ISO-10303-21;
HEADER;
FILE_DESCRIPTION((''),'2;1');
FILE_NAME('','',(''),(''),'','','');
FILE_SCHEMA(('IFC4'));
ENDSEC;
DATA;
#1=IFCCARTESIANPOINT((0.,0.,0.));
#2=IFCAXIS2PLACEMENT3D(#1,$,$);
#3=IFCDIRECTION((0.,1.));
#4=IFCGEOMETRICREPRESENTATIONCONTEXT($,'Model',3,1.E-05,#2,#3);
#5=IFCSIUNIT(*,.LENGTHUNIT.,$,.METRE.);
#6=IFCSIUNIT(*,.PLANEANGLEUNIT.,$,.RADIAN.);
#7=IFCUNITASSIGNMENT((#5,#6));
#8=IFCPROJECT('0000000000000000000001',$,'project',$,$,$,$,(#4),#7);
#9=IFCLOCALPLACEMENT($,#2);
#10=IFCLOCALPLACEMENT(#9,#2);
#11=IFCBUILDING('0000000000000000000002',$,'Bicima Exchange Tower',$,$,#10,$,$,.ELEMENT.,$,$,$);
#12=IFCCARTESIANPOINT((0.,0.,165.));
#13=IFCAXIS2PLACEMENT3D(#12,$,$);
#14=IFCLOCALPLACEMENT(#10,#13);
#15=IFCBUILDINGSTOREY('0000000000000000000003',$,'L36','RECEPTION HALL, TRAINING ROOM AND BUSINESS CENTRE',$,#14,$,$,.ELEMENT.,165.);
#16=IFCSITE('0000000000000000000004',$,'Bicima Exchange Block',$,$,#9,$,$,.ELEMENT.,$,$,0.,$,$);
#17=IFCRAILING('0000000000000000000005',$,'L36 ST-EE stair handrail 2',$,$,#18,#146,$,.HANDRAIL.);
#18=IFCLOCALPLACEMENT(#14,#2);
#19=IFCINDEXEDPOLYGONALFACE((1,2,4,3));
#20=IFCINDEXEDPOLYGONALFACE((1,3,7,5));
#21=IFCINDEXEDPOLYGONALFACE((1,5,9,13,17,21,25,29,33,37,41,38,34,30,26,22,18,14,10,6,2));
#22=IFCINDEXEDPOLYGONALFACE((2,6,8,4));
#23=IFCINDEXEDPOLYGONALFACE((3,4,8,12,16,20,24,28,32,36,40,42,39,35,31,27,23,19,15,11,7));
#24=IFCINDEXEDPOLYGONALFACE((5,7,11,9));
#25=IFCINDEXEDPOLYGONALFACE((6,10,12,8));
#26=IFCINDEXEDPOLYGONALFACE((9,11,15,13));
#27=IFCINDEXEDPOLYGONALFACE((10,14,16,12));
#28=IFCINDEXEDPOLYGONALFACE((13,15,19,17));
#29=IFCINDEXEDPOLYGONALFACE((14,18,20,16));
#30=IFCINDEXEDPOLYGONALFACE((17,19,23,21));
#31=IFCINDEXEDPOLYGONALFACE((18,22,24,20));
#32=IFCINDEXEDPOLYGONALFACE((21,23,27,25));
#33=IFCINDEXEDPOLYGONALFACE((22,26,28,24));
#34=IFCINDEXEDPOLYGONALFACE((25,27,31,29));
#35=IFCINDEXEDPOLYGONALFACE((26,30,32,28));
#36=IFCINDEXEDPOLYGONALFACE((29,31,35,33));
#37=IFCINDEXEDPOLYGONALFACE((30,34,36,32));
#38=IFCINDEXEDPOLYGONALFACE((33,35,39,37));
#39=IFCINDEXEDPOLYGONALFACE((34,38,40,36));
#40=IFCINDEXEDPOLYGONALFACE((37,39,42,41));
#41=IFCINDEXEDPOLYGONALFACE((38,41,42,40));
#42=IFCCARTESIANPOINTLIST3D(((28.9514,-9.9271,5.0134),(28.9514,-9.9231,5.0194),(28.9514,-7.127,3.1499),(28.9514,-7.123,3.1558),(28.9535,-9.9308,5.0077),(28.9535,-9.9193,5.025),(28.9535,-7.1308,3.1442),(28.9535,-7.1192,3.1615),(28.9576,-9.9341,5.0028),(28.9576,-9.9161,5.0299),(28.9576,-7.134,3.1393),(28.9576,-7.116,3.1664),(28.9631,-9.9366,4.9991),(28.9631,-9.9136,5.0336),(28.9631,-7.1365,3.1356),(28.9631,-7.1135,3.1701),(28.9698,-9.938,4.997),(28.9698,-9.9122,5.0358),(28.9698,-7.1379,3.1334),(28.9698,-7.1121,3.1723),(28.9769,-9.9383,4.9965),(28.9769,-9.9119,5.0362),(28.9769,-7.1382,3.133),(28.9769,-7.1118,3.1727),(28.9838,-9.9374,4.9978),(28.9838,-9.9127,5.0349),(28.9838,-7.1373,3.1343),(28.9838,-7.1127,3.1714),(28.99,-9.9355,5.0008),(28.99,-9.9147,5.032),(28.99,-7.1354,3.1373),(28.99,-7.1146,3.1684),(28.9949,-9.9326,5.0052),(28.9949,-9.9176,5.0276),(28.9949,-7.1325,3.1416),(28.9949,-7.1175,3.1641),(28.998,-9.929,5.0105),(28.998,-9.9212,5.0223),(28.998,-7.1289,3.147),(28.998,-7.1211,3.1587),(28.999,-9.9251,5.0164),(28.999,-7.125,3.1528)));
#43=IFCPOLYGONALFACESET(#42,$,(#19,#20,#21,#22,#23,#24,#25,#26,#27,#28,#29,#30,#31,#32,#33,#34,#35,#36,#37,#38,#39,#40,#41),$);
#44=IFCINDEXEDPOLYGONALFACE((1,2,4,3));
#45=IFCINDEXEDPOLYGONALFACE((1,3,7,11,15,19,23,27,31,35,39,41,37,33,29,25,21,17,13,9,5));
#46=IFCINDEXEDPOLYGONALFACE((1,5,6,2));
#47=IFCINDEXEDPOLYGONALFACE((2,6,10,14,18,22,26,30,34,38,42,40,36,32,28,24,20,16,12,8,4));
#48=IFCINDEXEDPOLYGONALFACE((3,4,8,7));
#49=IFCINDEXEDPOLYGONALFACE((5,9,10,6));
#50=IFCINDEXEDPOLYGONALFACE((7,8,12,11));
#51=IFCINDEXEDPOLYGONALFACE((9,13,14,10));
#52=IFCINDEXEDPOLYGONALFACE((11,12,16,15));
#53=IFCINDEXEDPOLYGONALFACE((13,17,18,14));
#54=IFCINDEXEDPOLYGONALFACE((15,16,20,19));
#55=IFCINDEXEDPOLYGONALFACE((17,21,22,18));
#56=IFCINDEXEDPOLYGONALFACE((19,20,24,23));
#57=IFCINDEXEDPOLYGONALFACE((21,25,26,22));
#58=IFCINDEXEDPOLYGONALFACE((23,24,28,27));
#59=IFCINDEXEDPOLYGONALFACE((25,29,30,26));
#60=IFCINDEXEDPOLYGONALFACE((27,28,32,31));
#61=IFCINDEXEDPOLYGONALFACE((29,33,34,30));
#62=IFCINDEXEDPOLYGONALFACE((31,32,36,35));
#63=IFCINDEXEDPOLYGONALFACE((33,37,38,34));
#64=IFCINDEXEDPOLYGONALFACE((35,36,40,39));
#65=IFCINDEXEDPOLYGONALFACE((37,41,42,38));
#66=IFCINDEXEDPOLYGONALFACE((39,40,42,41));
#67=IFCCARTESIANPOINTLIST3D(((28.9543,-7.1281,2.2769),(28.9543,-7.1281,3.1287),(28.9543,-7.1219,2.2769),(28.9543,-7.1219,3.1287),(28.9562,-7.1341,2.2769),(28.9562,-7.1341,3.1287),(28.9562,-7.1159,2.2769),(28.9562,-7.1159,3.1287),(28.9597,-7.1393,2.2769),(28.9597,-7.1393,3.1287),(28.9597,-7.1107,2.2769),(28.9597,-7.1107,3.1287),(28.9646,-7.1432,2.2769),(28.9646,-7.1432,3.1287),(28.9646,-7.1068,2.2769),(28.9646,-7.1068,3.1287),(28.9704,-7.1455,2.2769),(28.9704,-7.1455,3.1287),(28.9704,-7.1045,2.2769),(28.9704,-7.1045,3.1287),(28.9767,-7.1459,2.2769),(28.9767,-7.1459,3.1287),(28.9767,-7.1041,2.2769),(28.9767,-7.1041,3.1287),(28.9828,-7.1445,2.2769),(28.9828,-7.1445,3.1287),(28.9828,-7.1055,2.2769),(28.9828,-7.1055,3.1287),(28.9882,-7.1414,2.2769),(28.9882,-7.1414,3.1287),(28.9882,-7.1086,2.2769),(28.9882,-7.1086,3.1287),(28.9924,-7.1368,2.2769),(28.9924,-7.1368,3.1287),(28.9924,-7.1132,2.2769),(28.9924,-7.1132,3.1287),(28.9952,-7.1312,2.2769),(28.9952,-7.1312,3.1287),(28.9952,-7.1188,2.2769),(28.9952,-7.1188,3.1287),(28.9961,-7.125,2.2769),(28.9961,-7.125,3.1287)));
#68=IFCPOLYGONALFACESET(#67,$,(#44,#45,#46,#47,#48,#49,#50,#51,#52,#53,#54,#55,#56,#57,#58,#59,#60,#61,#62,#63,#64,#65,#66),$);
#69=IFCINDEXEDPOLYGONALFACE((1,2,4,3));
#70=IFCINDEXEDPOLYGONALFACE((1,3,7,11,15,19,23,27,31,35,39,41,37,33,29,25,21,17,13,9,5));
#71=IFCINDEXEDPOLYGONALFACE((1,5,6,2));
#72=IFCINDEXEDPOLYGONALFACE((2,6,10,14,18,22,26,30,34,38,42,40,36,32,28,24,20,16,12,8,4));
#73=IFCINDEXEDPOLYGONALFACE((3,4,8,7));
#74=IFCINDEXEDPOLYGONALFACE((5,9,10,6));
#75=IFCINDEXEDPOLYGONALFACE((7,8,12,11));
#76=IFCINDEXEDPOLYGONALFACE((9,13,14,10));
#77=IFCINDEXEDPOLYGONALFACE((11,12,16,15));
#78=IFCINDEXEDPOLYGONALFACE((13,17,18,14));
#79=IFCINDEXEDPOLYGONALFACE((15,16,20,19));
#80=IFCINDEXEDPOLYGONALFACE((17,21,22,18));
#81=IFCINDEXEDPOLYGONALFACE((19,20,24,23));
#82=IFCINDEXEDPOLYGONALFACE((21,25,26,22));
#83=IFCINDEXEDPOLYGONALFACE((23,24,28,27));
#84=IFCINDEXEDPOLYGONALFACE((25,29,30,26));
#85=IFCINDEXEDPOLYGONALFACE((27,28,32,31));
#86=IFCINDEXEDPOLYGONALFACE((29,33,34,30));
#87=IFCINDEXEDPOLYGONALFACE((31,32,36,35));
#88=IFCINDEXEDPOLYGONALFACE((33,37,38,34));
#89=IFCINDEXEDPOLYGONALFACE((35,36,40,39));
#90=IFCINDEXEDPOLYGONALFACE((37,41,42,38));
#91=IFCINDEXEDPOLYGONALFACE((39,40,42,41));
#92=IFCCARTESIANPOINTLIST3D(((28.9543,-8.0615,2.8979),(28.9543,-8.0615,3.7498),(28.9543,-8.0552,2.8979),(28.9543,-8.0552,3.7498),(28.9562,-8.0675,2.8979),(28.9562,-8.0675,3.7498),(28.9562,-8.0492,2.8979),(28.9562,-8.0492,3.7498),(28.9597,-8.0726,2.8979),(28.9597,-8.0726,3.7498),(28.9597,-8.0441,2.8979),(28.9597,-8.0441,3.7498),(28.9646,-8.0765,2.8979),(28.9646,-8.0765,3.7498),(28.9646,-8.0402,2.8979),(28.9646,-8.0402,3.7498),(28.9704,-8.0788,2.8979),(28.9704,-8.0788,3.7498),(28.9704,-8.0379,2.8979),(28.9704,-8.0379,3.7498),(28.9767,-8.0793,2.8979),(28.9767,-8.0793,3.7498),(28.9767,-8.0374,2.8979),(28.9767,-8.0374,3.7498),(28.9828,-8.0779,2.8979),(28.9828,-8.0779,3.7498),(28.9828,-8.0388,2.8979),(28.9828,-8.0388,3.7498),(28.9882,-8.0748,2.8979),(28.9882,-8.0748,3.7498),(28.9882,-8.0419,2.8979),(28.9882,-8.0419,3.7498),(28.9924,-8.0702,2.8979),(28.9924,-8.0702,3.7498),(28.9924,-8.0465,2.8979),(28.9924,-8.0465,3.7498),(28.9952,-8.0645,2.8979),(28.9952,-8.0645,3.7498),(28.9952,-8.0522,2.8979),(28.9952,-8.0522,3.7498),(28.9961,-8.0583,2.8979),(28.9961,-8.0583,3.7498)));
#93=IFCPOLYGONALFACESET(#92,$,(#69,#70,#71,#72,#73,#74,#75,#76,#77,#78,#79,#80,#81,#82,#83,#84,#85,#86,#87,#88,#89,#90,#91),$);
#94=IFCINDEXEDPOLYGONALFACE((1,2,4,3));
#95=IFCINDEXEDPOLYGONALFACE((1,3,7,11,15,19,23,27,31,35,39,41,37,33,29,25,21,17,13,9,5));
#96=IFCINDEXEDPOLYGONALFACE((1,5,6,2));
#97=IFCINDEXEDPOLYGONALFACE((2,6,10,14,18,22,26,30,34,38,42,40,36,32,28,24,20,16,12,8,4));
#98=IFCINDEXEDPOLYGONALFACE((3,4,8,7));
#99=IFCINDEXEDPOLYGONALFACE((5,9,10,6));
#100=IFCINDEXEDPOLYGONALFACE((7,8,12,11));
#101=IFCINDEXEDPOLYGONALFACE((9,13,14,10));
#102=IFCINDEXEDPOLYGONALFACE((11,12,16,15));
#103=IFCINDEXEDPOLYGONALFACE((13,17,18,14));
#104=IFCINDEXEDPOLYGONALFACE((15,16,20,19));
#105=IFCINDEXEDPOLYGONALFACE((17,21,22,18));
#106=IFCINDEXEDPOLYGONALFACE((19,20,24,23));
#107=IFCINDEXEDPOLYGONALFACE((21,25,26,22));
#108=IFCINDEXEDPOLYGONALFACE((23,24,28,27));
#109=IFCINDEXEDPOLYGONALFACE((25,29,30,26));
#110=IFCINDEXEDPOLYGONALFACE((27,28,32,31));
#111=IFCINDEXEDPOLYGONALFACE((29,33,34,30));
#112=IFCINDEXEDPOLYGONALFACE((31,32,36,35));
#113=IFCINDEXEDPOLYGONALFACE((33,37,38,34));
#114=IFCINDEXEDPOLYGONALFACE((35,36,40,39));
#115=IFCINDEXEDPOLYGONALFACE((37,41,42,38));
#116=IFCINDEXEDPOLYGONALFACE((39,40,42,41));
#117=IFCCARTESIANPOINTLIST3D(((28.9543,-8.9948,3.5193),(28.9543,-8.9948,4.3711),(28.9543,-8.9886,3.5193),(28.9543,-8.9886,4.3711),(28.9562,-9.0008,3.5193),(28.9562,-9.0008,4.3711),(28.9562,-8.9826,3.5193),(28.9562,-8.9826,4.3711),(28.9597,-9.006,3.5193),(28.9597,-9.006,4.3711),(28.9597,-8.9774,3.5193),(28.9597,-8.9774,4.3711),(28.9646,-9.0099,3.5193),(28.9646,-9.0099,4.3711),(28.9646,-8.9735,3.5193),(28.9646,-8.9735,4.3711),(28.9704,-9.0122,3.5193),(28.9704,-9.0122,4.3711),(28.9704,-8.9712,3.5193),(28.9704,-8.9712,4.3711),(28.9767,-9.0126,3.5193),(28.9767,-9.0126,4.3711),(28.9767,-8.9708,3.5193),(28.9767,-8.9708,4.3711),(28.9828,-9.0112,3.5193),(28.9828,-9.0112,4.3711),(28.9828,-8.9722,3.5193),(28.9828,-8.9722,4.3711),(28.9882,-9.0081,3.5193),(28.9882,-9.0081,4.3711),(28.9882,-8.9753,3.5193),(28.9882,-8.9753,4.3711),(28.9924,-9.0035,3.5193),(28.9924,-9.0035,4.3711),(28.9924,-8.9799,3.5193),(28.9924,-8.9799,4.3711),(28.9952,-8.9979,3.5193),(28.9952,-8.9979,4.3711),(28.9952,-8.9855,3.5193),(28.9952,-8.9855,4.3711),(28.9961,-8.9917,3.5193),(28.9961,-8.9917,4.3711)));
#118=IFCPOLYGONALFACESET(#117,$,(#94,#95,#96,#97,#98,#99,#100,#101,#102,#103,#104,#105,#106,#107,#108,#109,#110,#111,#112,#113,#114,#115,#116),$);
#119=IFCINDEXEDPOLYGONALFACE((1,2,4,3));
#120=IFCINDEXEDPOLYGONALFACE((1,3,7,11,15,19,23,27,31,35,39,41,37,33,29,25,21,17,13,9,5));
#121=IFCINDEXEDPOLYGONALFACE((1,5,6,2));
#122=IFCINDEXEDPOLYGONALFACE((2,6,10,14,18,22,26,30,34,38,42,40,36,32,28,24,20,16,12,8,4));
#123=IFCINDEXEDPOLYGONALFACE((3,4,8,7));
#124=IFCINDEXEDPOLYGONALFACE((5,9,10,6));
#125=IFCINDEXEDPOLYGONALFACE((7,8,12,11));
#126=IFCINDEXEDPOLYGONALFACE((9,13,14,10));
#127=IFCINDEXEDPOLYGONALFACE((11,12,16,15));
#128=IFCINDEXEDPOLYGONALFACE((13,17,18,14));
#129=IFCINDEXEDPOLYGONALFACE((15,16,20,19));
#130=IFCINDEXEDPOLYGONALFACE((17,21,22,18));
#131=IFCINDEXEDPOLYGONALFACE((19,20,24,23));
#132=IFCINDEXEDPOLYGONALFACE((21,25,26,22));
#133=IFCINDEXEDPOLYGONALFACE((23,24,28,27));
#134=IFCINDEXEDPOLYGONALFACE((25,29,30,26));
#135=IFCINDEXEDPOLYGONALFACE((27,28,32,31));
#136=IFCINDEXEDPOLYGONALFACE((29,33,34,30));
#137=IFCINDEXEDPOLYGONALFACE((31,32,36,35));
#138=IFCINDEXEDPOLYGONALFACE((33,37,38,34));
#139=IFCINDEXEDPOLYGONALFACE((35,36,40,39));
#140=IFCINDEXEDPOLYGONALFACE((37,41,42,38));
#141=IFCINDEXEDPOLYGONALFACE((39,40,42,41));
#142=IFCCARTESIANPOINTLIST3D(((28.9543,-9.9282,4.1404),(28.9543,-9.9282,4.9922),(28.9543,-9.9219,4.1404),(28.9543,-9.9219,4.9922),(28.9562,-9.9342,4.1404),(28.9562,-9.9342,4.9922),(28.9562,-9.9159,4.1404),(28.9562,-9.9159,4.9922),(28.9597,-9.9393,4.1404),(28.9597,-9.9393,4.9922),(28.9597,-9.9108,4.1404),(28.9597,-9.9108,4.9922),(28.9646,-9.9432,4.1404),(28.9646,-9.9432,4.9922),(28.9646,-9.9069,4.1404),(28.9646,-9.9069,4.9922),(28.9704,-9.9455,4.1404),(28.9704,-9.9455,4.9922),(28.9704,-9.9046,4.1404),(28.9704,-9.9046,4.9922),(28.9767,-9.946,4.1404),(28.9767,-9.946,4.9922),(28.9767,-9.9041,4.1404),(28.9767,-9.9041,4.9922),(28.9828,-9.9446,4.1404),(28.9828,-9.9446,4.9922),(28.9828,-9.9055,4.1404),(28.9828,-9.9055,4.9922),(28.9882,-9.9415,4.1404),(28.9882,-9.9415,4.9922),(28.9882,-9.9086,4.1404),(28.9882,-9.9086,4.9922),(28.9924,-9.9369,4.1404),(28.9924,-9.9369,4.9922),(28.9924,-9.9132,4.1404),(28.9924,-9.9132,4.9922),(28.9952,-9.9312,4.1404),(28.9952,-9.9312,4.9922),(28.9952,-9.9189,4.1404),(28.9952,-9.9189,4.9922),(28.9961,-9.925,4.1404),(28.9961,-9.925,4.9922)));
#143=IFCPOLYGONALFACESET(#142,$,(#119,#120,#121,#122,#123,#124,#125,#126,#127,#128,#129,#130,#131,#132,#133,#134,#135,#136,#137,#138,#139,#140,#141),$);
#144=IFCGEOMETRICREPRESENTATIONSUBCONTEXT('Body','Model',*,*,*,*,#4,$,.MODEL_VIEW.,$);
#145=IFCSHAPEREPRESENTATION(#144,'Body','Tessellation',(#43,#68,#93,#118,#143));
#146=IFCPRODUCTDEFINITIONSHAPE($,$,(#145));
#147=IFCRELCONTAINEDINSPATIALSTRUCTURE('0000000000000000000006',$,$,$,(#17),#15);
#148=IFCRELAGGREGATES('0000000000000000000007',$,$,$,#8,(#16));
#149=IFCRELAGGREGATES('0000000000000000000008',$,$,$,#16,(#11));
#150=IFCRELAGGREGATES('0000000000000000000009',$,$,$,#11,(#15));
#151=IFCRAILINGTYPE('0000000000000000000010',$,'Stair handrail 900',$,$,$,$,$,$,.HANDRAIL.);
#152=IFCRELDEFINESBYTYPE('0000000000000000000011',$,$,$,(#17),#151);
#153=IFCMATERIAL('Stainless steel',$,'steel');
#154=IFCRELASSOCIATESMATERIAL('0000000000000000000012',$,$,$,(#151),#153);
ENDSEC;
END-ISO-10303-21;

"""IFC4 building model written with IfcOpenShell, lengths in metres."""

from ifc_helpers import new_model, si_unit, direction, frame, origin, origin_2d, place, context, subcontext, project, spatial, circle, extrude, material, type_object, element, save


model = new_model("IFC4")

# Units and contexts
model_context = context("Model", 3, precision=1e-05, world=origin(), true_north=direction((0.0, 1.0)))
body_context = subcontext(model_context, "Body", "Model", "MODEL_VIEW")
ifc_project = project(units=[si_unit("LENGTHUNIT", "METRE"), si_unit("PLANEANGLEUNIT", "RADIAN")], contexts=[model_context])

# Site, building, storey
site_placement = place(None, origin())
site = spatial("IfcSite", under=ifc_project, at=site_placement, Name="Bicima Exchange Block", CompositionType="ELEMENT", RefElevation=0.0)
building_placement = place(site_placement, origin())
building = spatial("IfcBuilding", under=site, at=building_placement, Name="Bicima Exchange Tower", CompositionType="ELEMENT")
storey_placement = place(building_placement, frame((0.0, 0.0, 165.0)))
storey = spatial("IfcBuildingStorey", under=building, at=storey_placement, Name="L36", Description="RECEPTION HALL, TRAINING ROOM AND BUSINESS CENTRE", CompositionType="ELEMENT", Elevation=165.0)

# Railing
ifc_material_1 = material(Name="Stainless steel", Category="steel")
railing_type_1 = type_object("IfcRailingType", Name="Stair handrail 900", PredefinedType="HANDRAIL", material=ifc_material_1)
railing_1_placement = place(storey_placement, frame((28.9751, -7.125, 2.2769)))
element("IfcRailing", 1, at=railing_1_placement, inside=storey, type_object=railing_type_1, Name="L36 ST-EE stair handrail 2", PredefinedType="HANDRAIL", context=body_context, shape_type="SweptSolid", body=[
    extrude(circle(Radius=0.0239, at=origin_2d()), frame((0.0, 0.0, 0.876), z_axis=(0.0, -0.832486, 0.554047), x_axis=(1.0, 0.0, 0.0)), (0.0, 0.0, 1.0), 3.3635),
    extrude(circle(Radius=0.021, at=origin_2d()), origin(), (0.0, 0.0, 1.0), 0.8518),
    extrude(circle(Radius=0.021, at=origin_2d()), frame((0.0, -0.9333, 0.6211)), (0.0, 0.0, 1.0), 0.8518),
    extrude(circle(Radius=0.021, at=origin_2d()), frame((0.0, -1.8667, 1.2424)), (0.0, 0.0, 1.0), 0.8518),
    extrude(circle(Radius=0.021, at=origin_2d()), frame((0.0, -2.8, 1.8635)), (0.0, 0.0, 1.0), 0.8518),
])

save(model, "model.ifc")
